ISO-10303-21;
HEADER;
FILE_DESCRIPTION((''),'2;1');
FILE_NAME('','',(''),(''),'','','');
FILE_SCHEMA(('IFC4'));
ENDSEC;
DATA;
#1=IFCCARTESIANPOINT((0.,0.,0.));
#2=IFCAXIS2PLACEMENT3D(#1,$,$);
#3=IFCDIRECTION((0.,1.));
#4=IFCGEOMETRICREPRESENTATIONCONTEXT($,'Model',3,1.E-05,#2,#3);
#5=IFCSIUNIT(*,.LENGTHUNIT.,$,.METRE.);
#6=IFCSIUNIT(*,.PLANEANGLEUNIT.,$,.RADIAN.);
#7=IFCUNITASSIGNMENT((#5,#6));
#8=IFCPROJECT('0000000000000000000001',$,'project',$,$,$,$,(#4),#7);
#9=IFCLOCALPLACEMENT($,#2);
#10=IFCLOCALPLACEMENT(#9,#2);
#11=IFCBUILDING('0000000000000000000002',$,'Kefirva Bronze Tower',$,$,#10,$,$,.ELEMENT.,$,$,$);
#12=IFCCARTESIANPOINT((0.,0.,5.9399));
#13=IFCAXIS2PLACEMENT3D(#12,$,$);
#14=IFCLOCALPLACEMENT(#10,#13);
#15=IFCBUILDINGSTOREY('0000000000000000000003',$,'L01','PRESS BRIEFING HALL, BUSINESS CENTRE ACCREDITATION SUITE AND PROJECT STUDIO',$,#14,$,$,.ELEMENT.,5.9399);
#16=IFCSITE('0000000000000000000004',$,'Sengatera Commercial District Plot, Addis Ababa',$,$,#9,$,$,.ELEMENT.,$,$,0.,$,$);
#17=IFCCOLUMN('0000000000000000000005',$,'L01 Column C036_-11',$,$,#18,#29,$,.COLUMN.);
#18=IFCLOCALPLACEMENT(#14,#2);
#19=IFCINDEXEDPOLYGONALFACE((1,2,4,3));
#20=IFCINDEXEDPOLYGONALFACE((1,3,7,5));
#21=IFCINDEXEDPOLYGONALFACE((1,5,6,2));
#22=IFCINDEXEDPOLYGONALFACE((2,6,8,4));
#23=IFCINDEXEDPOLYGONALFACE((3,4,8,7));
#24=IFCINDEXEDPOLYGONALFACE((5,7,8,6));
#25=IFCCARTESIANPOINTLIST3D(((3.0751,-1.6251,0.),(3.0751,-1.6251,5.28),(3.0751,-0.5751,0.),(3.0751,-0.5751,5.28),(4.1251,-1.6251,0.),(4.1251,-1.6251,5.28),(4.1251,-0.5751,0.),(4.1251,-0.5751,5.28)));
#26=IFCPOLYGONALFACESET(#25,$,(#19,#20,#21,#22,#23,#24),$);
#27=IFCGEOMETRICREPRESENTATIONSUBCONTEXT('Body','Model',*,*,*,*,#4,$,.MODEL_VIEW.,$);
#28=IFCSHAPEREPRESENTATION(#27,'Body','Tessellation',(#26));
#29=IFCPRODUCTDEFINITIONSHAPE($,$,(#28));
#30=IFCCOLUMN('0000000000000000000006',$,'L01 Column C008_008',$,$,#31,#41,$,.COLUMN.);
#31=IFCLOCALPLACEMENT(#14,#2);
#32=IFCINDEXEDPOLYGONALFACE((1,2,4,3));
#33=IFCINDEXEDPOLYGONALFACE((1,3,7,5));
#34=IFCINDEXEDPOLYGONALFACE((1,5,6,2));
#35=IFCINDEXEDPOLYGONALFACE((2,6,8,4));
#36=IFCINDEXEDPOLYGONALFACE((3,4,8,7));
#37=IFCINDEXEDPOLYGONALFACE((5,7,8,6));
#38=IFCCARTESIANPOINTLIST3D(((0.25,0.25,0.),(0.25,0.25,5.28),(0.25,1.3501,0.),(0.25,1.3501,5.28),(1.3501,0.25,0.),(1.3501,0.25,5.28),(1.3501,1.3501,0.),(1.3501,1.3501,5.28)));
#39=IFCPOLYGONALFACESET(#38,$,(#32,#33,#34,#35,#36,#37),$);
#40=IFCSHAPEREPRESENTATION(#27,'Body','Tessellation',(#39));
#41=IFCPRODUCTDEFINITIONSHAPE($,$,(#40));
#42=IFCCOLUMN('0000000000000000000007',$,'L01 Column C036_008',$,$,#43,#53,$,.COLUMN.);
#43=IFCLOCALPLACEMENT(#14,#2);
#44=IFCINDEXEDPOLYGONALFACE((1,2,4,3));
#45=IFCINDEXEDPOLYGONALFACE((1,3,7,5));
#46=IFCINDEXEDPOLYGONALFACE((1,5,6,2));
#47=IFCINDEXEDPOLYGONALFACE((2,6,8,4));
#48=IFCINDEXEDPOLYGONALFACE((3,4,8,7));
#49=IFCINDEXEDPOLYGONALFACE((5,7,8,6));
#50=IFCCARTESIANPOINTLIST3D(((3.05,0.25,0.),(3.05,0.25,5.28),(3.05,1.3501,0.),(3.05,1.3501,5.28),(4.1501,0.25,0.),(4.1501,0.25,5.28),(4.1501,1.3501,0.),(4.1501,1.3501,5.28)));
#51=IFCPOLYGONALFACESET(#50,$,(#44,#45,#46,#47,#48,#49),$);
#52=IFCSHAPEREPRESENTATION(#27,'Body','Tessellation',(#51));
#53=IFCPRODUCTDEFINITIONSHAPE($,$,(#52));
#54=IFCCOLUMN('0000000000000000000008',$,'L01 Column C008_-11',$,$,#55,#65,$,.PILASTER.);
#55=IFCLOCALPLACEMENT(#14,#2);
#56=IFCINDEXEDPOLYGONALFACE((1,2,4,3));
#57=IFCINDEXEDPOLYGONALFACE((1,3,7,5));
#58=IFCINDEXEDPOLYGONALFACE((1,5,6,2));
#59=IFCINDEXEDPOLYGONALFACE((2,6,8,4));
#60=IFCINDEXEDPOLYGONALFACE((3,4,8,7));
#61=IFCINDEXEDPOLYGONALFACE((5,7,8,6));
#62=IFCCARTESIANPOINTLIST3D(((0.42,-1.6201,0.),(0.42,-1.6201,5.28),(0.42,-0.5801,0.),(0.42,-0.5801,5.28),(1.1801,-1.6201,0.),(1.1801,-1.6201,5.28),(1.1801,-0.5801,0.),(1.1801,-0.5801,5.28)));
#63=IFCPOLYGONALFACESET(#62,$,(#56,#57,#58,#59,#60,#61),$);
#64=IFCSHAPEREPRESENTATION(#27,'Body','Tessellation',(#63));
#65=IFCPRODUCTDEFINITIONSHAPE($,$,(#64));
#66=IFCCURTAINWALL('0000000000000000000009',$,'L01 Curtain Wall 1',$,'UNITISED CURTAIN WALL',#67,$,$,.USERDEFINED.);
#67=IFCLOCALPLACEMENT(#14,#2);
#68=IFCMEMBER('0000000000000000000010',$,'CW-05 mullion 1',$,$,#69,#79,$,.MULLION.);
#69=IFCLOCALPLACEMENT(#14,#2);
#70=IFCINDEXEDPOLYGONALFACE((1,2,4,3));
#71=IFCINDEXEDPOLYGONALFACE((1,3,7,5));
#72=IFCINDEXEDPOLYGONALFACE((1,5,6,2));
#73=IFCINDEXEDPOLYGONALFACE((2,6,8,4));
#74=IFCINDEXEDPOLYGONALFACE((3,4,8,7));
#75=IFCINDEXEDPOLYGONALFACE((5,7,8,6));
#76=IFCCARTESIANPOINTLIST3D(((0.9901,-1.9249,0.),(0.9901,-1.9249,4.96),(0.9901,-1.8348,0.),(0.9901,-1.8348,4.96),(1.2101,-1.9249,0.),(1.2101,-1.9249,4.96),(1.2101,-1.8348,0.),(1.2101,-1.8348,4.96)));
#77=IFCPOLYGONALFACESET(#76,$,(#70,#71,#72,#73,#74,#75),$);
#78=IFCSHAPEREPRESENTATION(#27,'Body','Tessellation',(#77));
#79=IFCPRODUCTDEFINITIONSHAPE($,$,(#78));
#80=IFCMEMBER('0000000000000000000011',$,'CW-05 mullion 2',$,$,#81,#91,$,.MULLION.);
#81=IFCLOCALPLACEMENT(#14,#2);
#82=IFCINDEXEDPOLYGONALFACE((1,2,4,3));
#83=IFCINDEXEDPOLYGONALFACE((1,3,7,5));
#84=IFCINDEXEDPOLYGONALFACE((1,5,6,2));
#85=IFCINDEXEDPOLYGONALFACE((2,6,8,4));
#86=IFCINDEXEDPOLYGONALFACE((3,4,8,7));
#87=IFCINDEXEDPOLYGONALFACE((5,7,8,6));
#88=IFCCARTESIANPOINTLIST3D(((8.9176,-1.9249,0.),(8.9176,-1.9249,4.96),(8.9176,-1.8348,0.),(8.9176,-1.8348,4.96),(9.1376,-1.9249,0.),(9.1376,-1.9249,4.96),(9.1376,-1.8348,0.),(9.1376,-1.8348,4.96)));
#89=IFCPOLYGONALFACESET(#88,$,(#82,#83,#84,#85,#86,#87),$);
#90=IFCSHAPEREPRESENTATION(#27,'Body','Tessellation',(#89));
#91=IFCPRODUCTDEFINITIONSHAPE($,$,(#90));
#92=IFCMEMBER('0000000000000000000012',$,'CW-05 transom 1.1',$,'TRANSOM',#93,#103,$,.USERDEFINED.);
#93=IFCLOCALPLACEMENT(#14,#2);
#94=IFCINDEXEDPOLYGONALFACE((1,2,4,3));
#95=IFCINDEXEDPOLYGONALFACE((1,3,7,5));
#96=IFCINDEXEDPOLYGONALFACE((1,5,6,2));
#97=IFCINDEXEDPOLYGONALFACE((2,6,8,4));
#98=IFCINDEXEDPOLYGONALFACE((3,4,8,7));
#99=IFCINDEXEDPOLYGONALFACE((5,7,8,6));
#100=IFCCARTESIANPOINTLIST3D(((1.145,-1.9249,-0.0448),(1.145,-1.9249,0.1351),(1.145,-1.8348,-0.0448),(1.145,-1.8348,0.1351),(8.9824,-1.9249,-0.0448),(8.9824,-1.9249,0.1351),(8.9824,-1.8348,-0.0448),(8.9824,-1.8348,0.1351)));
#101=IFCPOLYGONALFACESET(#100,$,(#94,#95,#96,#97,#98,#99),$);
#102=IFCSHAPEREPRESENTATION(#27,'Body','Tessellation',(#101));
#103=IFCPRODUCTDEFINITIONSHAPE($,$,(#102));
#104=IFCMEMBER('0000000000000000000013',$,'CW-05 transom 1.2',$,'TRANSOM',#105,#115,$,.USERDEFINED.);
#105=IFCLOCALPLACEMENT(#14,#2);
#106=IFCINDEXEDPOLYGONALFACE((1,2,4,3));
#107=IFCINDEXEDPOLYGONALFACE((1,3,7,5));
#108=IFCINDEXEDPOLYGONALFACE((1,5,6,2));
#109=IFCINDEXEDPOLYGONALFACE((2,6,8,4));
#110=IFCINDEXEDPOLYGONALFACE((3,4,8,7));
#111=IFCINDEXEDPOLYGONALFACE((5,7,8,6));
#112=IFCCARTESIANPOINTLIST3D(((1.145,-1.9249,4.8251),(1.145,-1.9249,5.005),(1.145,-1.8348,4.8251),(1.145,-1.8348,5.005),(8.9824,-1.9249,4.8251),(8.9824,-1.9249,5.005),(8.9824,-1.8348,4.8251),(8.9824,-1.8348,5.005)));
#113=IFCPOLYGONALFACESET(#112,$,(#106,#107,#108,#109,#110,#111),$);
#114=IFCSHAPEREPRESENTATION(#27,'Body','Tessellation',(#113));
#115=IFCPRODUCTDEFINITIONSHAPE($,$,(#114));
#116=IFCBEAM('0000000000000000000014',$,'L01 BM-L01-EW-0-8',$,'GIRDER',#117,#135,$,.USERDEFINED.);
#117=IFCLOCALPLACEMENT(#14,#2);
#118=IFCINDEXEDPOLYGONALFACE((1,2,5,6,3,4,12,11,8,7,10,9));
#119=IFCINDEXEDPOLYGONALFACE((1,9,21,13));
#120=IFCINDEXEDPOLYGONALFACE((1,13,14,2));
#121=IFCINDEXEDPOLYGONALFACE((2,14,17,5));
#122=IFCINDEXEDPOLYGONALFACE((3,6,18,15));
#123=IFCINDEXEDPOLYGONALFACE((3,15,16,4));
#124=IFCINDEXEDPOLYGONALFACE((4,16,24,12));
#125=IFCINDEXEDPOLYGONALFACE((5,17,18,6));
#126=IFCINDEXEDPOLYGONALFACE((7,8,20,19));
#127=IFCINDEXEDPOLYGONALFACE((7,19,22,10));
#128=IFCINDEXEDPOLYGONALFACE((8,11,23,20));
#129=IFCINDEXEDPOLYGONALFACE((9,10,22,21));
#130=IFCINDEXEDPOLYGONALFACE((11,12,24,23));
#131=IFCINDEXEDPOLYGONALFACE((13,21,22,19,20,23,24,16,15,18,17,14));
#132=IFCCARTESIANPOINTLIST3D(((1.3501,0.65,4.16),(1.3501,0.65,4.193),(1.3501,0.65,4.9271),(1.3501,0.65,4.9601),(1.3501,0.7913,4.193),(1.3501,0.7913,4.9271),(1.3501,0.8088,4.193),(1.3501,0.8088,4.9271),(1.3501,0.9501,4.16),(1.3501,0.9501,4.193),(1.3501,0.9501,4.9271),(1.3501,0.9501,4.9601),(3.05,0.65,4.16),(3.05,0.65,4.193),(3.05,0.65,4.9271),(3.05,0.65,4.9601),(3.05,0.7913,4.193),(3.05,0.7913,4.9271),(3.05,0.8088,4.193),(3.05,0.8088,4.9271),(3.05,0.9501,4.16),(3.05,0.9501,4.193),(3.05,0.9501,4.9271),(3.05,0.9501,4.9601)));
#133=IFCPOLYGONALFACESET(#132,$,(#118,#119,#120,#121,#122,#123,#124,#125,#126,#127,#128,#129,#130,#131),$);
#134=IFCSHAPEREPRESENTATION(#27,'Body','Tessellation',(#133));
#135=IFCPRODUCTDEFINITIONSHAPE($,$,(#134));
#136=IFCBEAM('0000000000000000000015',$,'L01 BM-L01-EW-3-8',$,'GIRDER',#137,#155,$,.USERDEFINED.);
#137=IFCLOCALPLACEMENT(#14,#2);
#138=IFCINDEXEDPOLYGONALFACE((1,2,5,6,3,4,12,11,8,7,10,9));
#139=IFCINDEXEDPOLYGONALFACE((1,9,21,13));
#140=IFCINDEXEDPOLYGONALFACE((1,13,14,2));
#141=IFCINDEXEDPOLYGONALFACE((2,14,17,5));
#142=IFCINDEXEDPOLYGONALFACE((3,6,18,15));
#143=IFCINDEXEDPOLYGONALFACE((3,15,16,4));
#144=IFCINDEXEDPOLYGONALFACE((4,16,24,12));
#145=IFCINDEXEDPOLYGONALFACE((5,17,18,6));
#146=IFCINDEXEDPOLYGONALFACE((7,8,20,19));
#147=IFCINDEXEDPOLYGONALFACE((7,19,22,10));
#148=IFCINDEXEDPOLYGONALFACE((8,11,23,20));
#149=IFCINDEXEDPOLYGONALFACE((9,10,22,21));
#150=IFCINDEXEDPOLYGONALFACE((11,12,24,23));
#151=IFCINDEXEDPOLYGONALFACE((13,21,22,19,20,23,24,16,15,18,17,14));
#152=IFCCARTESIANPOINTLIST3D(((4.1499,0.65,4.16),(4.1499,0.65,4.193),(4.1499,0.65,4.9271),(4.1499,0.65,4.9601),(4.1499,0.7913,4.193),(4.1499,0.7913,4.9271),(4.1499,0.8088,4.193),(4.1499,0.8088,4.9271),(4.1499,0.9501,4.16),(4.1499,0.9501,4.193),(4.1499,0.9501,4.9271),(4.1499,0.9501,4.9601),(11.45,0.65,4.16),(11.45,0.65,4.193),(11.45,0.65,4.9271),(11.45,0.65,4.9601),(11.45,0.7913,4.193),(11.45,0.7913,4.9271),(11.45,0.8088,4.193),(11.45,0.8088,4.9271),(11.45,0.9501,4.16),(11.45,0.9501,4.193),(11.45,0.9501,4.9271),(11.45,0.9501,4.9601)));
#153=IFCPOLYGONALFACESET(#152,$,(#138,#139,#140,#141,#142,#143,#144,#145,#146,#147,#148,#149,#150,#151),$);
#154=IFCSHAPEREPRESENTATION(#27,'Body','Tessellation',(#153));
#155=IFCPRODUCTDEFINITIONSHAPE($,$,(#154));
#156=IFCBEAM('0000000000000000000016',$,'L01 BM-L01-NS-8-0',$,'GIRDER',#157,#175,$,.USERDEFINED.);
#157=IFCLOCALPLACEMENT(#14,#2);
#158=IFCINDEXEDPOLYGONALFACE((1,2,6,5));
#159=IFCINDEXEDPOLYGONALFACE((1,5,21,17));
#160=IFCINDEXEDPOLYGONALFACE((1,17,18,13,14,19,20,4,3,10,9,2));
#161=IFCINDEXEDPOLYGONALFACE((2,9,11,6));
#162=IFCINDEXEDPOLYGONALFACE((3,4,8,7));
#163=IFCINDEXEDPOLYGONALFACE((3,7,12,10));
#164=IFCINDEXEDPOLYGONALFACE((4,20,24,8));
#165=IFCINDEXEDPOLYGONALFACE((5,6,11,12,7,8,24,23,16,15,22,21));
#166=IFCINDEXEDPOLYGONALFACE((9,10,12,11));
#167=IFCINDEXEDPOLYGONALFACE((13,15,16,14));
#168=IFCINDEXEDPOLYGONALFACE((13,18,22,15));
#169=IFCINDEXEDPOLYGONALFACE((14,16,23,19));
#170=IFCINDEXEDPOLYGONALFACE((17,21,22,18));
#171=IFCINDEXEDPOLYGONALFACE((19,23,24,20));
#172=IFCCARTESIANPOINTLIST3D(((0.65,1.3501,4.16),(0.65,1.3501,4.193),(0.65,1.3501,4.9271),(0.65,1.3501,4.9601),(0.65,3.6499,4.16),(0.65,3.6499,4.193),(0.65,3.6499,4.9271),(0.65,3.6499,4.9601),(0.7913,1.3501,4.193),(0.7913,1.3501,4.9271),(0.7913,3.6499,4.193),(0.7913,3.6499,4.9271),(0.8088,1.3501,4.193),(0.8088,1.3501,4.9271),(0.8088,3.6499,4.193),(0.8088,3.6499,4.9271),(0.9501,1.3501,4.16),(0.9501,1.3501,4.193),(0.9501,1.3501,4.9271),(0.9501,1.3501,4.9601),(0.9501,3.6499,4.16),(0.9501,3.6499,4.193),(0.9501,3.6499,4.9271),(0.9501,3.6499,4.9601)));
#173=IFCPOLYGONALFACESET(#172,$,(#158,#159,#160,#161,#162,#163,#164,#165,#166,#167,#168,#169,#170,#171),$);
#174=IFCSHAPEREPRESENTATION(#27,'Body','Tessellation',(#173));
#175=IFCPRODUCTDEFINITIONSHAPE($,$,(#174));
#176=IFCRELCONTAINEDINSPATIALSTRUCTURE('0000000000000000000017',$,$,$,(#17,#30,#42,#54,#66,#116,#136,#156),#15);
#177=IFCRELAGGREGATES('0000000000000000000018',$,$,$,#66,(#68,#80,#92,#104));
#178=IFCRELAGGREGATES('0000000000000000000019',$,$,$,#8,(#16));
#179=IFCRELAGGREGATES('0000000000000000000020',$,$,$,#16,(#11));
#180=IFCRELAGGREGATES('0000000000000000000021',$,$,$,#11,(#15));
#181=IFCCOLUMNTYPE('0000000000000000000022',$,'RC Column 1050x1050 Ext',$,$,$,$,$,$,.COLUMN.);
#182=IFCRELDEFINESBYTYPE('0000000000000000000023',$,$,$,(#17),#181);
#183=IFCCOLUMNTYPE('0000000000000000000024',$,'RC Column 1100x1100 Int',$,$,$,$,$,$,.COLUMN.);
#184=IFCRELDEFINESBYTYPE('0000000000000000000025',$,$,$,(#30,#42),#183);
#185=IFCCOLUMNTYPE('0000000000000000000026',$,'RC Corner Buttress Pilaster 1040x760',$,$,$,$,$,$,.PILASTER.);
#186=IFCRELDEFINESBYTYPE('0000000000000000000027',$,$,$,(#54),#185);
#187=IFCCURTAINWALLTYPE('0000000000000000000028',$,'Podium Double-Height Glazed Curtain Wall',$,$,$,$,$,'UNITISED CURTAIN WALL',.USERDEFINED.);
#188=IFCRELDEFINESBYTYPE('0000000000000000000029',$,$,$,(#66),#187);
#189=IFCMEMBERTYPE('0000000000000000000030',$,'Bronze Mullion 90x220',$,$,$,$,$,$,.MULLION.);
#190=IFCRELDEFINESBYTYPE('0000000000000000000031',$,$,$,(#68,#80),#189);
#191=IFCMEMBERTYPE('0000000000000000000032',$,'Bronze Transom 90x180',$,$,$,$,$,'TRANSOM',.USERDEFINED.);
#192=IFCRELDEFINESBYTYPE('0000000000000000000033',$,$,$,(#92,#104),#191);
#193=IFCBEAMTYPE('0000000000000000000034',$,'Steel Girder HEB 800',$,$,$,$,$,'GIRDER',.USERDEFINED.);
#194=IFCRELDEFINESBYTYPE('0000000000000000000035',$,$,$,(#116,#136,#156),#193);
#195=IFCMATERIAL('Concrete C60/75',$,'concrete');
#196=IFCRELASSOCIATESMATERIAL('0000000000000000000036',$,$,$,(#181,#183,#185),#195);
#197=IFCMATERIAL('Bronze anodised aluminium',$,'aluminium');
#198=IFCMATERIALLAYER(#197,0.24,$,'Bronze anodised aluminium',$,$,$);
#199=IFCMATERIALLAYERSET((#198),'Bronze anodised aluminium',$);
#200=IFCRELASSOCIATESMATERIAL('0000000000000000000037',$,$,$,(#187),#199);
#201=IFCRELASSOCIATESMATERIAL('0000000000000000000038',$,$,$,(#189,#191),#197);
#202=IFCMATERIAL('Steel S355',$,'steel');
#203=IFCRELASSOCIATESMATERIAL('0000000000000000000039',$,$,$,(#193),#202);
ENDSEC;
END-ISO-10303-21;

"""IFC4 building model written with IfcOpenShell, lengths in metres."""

from ifc_helpers import new_model, si_unit, direction, frame, origin, origin_2d, place, context, subcontext, project, spatial, rectangle, i_section, extrude, material, layer, layer_set, material_profile, profile_set, type_object, element, aggregate, save


model = new_model("IFC4")

# Units and contexts
model_context = context("Model", 3, precision=1e-05, world=origin(), true_north=direction((0.0, 1.0)))
body_context = subcontext(model_context, "Body", "Model", "MODEL_VIEW")
ifc_project = project(units=[si_unit("LENGTHUNIT", "METRE"), si_unit("PLANEANGLEUNIT", "RADIAN")], contexts=[model_context])

# Site, building, storey
site_placement = place(None, origin())
site = spatial("IfcSite", under=ifc_project, at=site_placement, Name="Sengatera Commercial District Plot, Addis Ababa", CompositionType="ELEMENT", RefElevation=0.0)
building_placement = place(site_placement, origin())
building = spatial("IfcBuilding", under=site, at=building_placement, Name="Kefirva Bronze Tower", CompositionType="ELEMENT")
storey_placement = place(building_placement, frame((0.0, 0.0, 5.9399)))
storey = spatial("IfcBuildingStorey", under=building, at=storey_placement, Name="L01", Description="PRESS BRIEFING HALL, BUSINESS CENTRE ACCREDITATION SUITE AND PROJECT STUDIO", CompositionType="ELEMENT", Elevation=5.9399)

# Columns
ifc_material_1 = material(Name="Concrete C60/75", Category="concrete")
ifc_material_profile_1 = material_profile(ifc_material_1, rectangle(XDim=1.05, YDim=1.05, at=origin_2d()), Name="RC 1050x1050")
ifc_profile_set_1 = profile_set([ifc_material_profile_1], Name="Concrete C60/75")
column_type_1 = type_object("IfcColumnType", Name="RC Column 1050x1050 Ext", PredefinedType="COLUMN", material=ifc_profile_set_1)
column_1_placement = place(storey_placement, frame((3.6001, -1.1001, 0.0), z_axis=(0.0, 0.0, 1.0), x_axis=(1.0, 0.0, 0.0)))
element("IfcColumn", 1, at=column_1_placement, inside=storey, type_object=column_type_1, Name="L01 Column C036_-11", PredefinedType="COLUMN", context=body_context, shape_type="SweptSolid", body=[
    extrude(rectangle(XDim=1.05, YDim=1.05, at=origin_2d()), origin(), (0.0, 0.0, 1.0), 5.28),
])
ifc_material_profile_2 = material_profile(ifc_material_1, rectangle(XDim=1.1001, YDim=1.1001, at=origin_2d()), Name="RC 1100x1100")
ifc_profile_set_2 = profile_set([ifc_material_profile_2], Name="Concrete C60/75")
column_type_2 = type_object("IfcColumnType", Name="RC Column 1100x1100 Int", PredefinedType="COLUMN", material=ifc_profile_set_2)
for number, where, z_axis, x_axis, name in (
    (2, (0.8, 0.8, 0.0), (0.0, 0.0, 1.0), (1.0, 0.0, 0.0), "L01 Column C008_008"),
    (3, (3.6001, 0.8, 0.0), (0.0, 0.0, 1.0), (1.0, 0.0, 0.0), "L01 Column C036_008"),
):
    element("IfcColumn", number, at=place(storey_placement, frame(where, z_axis=z_axis, x_axis=x_axis)), inside=storey, type_object=column_type_2, Name=name, PredefinedType="COLUMN", context=body_context, shape_type="SweptSolid", body=[
        extrude(rectangle(XDim=1.1001, YDim=1.1001, at=origin_2d()), origin(), (0.0, 0.0, 1.0), 5.28),
    ])
ifc_material_profile_3 = material_profile(ifc_material_1, rectangle(XDim=0.76, YDim=1.04, at=origin_2d()), Name="RC 760x1040")
ifc_profile_set_3 = profile_set([ifc_material_profile_3], Name="Concrete C60/75")
column_type_3 = type_object("IfcColumnType", Name="RC Corner Buttress Pilaster 1040x760", PredefinedType="PILASTER", material=ifc_profile_set_3)
column_2_placement = place(storey_placement, frame((0.8, -1.1001, 0.0), z_axis=(0.0, 0.0, 1.0), x_axis=(1.0, 0.0, 0.0)))
element("IfcColumn", 4, at=column_2_placement, inside=storey, type_object=column_type_3, Name="L01 Column C008_-11", PredefinedType="PILASTER", context=body_context, shape_type="SweptSolid", body=[
    extrude(rectangle(XDim=0.76, YDim=1.04, at=origin_2d()), origin(), (0.0, 0.0, 1.0), 5.28),
])

# Curtain wall, members
ifc_material_2 = material(Name="Bronze anodised aluminium", Category="aluminium")
ifc_layer_1 = layer(ifc_material_2, 0.24, Name="Bronze anodised aluminium")
ifc_layer_set_1 = layer_set([ifc_layer_1], Name="Bronze anodised aluminium")
curtain_wall_type = type_object("IfcCurtainWallType", Name="Podium Double-Height Glazed Curtain Wall", ElementType="UNITISED CURTAIN WALL", PredefinedType="USERDEFINED", material=ifc_layer_set_1)
curtain_wall_placement = place(storey_placement, origin())
curtain_wall = element("IfcCurtainWall", 5, at=curtain_wall_placement, inside=storey, type_object=curtain_wall_type, Name="L01 Curtain Wall 1", ObjectType="UNITISED CURTAIN WALL", PredefinedType="USERDEFINED")
ifc_material_profile_4 = material_profile(ifc_material_2, rectangle(XDim=0.0901, YDim=0.22, at=origin_2d()), Name="ALU 90x220")
ifc_profile_set_4 = profile_set([ifc_material_profile_4], Name="Bronze anodised aluminium")
member_type_1 = type_object("IfcMemberType", Name="Bronze Mullion 90x220", PredefinedType="MULLION", material=ifc_profile_set_4)
member_1_placement = place(storey_placement, frame((1.1001, -1.8799, 0.0), z_axis=(0.0, 0.0, 1.0), x_axis=(0.0, 1.0, 0.0)))
member_1 = element("IfcMember", 6, at=member_1_placement, type_object=member_type_1, Name="CW-05 mullion 1", PredefinedType="MULLION", context=body_context, shape_type="SweptSolid", body=[
    extrude(rectangle(XDim=0.0901, YDim=0.22, at=origin_2d()), origin(), (0.0, 0.0, 1.0), 4.96),
])
member_2_placement = place(storey_placement, frame((9.0276, -1.8799, 0.0), z_axis=(0.0, 0.0, 1.0), x_axis=(0.0, 1.0, 0.0)))
member_2 = element("IfcMember", 7, at=member_2_placement, type_object=member_type_1, Name="CW-05 mullion 2", PredefinedType="MULLION", context=body_context, shape_type="SweptSolid", body=[
    extrude(rectangle(XDim=0.0901, YDim=0.22, at=origin_2d()), origin(), (0.0, 0.0, 1.0), 4.96),
])
ifc_material_profile_5 = material_profile(ifc_material_2, rectangle(XDim=0.0901, YDim=0.1799, at=origin_2d()), Name="ALU 90x180")
ifc_profile_set_5 = profile_set([ifc_material_profile_5], Name="Bronze anodised aluminium")
member_type_2 = type_object("IfcMemberType", Name="Bronze Transom 90x180", ElementType="TRANSOM", PredefinedType="USERDEFINED", material=ifc_profile_set_5)
member_3_placement = place(storey_placement, frame((1.145, -1.8799, 0.0452), z_axis=(1.0, 0.0, 0.0), x_axis=(0.0, 1.0, 0.0)))
member_3 = element("IfcMember", 8, at=member_3_placement, type_object=member_type_2, Name="CW-05 transom 1.1", ObjectType="TRANSOM", PredefinedType="USERDEFINED", context=body_context, shape_type="SweptSolid", body=[
    extrude(rectangle(XDim=0.0901, YDim=0.1799, at=origin_2d()), origin(), (0.0, 0.0, 1.0), 7.8374),
])
member_4_placement = place(storey_placement, frame((1.145, -1.8799, 4.915), z_axis=(1.0, 0.0, 0.0), x_axis=(0.0, 1.0, 0.0)))
member_4 = element("IfcMember", 9, at=member_4_placement, type_object=member_type_2, Name="CW-05 transom 1.2", ObjectType="TRANSOM", PredefinedType="USERDEFINED", context=body_context, shape_type="SweptSolid", body=[
    extrude(rectangle(XDim=0.0901, YDim=0.1799, at=origin_2d()), origin(), (0.0, 0.0, 1.0), 7.8374),
])

# Beams
ifc_material_3 = material(Name="Steel S355", Category="steel")
ifc_material_profile_6 = material_profile(ifc_material_3, i_section(OverallWidth=0.3, OverallDepth=0.8, WebThickness=0.0176, FlangeThickness=0.033, at=origin_2d()), Name="HEB 800")
ifc_profile_set_6 = profile_set([ifc_material_profile_6], Name="Steel S355")
beam_type_1 = type_object("IfcBeamType", Name="Steel Girder HEB 800", ElementType="GIRDER", PredefinedType="USERDEFINED", material=ifc_profile_set_6)
beam_1_placement = place(storey_placement, frame((1.3501, 0.8, 4.5601), z_axis=(1.0, 0.0, 0.0), x_axis=(0.0, 1.0, 0.0)))
element("IfcBeam", 10, at=beam_1_placement, inside=storey, type_object=beam_type_1, Name="L01 BM-L01-EW-0-8", ObjectType="GIRDER", PredefinedType="USERDEFINED", context=body_context, shape_type="SweptSolid", body=[
    extrude(i_section(OverallWidth=0.3, OverallDepth=0.8, WebThickness=0.0176, FlangeThickness=0.033, at=origin_2d()), origin(), (0.0, 0.0, 1.0), 1.7),
])
beam_2_placement = place(storey_placement, frame((4.1499, 0.8, 4.5601), z_axis=(1.0, 0.0, 0.0), x_axis=(0.0, 1.0, 0.0)))
element("IfcBeam", 11, at=beam_2_placement, inside=storey, type_object=beam_type_1, Name="L01 BM-L01-EW-3-8", ObjectType="GIRDER", PredefinedType="USERDEFINED", context=body_context, shape_type="SweptSolid", body=[
    extrude(i_section(OverallWidth=0.3, OverallDepth=0.8, WebThickness=0.0176, FlangeThickness=0.033, at=origin_2d()), origin(), (0.0, 0.0, 1.0), 7.3),
])
beam_3_placement = place(storey_placement, frame((0.8, 1.3501, 4.5601), z_axis=(0.0, 1.0, 0.0), x_axis=(-1.0, 0.0, 0.0)))
element("IfcBeam", 12, at=beam_3_placement, inside=storey, type_object=beam_type_1, Name="L01 BM-L01-NS-8-0", ObjectType="GIRDER", PredefinedType="USERDEFINED", context=body_context, shape_type="SweptSolid", body=[
    extrude(i_section(OverallWidth=0.3, OverallDepth=0.8, WebThickness=0.0176, FlangeThickness=0.033, at=origin_2d()), origin(), (0.0, 0.0, 1.0), 2.2998),
])

aggregate(curtain_wall, [member_1, member_2, member_3, member_4])

save(model, "model.ifc")
